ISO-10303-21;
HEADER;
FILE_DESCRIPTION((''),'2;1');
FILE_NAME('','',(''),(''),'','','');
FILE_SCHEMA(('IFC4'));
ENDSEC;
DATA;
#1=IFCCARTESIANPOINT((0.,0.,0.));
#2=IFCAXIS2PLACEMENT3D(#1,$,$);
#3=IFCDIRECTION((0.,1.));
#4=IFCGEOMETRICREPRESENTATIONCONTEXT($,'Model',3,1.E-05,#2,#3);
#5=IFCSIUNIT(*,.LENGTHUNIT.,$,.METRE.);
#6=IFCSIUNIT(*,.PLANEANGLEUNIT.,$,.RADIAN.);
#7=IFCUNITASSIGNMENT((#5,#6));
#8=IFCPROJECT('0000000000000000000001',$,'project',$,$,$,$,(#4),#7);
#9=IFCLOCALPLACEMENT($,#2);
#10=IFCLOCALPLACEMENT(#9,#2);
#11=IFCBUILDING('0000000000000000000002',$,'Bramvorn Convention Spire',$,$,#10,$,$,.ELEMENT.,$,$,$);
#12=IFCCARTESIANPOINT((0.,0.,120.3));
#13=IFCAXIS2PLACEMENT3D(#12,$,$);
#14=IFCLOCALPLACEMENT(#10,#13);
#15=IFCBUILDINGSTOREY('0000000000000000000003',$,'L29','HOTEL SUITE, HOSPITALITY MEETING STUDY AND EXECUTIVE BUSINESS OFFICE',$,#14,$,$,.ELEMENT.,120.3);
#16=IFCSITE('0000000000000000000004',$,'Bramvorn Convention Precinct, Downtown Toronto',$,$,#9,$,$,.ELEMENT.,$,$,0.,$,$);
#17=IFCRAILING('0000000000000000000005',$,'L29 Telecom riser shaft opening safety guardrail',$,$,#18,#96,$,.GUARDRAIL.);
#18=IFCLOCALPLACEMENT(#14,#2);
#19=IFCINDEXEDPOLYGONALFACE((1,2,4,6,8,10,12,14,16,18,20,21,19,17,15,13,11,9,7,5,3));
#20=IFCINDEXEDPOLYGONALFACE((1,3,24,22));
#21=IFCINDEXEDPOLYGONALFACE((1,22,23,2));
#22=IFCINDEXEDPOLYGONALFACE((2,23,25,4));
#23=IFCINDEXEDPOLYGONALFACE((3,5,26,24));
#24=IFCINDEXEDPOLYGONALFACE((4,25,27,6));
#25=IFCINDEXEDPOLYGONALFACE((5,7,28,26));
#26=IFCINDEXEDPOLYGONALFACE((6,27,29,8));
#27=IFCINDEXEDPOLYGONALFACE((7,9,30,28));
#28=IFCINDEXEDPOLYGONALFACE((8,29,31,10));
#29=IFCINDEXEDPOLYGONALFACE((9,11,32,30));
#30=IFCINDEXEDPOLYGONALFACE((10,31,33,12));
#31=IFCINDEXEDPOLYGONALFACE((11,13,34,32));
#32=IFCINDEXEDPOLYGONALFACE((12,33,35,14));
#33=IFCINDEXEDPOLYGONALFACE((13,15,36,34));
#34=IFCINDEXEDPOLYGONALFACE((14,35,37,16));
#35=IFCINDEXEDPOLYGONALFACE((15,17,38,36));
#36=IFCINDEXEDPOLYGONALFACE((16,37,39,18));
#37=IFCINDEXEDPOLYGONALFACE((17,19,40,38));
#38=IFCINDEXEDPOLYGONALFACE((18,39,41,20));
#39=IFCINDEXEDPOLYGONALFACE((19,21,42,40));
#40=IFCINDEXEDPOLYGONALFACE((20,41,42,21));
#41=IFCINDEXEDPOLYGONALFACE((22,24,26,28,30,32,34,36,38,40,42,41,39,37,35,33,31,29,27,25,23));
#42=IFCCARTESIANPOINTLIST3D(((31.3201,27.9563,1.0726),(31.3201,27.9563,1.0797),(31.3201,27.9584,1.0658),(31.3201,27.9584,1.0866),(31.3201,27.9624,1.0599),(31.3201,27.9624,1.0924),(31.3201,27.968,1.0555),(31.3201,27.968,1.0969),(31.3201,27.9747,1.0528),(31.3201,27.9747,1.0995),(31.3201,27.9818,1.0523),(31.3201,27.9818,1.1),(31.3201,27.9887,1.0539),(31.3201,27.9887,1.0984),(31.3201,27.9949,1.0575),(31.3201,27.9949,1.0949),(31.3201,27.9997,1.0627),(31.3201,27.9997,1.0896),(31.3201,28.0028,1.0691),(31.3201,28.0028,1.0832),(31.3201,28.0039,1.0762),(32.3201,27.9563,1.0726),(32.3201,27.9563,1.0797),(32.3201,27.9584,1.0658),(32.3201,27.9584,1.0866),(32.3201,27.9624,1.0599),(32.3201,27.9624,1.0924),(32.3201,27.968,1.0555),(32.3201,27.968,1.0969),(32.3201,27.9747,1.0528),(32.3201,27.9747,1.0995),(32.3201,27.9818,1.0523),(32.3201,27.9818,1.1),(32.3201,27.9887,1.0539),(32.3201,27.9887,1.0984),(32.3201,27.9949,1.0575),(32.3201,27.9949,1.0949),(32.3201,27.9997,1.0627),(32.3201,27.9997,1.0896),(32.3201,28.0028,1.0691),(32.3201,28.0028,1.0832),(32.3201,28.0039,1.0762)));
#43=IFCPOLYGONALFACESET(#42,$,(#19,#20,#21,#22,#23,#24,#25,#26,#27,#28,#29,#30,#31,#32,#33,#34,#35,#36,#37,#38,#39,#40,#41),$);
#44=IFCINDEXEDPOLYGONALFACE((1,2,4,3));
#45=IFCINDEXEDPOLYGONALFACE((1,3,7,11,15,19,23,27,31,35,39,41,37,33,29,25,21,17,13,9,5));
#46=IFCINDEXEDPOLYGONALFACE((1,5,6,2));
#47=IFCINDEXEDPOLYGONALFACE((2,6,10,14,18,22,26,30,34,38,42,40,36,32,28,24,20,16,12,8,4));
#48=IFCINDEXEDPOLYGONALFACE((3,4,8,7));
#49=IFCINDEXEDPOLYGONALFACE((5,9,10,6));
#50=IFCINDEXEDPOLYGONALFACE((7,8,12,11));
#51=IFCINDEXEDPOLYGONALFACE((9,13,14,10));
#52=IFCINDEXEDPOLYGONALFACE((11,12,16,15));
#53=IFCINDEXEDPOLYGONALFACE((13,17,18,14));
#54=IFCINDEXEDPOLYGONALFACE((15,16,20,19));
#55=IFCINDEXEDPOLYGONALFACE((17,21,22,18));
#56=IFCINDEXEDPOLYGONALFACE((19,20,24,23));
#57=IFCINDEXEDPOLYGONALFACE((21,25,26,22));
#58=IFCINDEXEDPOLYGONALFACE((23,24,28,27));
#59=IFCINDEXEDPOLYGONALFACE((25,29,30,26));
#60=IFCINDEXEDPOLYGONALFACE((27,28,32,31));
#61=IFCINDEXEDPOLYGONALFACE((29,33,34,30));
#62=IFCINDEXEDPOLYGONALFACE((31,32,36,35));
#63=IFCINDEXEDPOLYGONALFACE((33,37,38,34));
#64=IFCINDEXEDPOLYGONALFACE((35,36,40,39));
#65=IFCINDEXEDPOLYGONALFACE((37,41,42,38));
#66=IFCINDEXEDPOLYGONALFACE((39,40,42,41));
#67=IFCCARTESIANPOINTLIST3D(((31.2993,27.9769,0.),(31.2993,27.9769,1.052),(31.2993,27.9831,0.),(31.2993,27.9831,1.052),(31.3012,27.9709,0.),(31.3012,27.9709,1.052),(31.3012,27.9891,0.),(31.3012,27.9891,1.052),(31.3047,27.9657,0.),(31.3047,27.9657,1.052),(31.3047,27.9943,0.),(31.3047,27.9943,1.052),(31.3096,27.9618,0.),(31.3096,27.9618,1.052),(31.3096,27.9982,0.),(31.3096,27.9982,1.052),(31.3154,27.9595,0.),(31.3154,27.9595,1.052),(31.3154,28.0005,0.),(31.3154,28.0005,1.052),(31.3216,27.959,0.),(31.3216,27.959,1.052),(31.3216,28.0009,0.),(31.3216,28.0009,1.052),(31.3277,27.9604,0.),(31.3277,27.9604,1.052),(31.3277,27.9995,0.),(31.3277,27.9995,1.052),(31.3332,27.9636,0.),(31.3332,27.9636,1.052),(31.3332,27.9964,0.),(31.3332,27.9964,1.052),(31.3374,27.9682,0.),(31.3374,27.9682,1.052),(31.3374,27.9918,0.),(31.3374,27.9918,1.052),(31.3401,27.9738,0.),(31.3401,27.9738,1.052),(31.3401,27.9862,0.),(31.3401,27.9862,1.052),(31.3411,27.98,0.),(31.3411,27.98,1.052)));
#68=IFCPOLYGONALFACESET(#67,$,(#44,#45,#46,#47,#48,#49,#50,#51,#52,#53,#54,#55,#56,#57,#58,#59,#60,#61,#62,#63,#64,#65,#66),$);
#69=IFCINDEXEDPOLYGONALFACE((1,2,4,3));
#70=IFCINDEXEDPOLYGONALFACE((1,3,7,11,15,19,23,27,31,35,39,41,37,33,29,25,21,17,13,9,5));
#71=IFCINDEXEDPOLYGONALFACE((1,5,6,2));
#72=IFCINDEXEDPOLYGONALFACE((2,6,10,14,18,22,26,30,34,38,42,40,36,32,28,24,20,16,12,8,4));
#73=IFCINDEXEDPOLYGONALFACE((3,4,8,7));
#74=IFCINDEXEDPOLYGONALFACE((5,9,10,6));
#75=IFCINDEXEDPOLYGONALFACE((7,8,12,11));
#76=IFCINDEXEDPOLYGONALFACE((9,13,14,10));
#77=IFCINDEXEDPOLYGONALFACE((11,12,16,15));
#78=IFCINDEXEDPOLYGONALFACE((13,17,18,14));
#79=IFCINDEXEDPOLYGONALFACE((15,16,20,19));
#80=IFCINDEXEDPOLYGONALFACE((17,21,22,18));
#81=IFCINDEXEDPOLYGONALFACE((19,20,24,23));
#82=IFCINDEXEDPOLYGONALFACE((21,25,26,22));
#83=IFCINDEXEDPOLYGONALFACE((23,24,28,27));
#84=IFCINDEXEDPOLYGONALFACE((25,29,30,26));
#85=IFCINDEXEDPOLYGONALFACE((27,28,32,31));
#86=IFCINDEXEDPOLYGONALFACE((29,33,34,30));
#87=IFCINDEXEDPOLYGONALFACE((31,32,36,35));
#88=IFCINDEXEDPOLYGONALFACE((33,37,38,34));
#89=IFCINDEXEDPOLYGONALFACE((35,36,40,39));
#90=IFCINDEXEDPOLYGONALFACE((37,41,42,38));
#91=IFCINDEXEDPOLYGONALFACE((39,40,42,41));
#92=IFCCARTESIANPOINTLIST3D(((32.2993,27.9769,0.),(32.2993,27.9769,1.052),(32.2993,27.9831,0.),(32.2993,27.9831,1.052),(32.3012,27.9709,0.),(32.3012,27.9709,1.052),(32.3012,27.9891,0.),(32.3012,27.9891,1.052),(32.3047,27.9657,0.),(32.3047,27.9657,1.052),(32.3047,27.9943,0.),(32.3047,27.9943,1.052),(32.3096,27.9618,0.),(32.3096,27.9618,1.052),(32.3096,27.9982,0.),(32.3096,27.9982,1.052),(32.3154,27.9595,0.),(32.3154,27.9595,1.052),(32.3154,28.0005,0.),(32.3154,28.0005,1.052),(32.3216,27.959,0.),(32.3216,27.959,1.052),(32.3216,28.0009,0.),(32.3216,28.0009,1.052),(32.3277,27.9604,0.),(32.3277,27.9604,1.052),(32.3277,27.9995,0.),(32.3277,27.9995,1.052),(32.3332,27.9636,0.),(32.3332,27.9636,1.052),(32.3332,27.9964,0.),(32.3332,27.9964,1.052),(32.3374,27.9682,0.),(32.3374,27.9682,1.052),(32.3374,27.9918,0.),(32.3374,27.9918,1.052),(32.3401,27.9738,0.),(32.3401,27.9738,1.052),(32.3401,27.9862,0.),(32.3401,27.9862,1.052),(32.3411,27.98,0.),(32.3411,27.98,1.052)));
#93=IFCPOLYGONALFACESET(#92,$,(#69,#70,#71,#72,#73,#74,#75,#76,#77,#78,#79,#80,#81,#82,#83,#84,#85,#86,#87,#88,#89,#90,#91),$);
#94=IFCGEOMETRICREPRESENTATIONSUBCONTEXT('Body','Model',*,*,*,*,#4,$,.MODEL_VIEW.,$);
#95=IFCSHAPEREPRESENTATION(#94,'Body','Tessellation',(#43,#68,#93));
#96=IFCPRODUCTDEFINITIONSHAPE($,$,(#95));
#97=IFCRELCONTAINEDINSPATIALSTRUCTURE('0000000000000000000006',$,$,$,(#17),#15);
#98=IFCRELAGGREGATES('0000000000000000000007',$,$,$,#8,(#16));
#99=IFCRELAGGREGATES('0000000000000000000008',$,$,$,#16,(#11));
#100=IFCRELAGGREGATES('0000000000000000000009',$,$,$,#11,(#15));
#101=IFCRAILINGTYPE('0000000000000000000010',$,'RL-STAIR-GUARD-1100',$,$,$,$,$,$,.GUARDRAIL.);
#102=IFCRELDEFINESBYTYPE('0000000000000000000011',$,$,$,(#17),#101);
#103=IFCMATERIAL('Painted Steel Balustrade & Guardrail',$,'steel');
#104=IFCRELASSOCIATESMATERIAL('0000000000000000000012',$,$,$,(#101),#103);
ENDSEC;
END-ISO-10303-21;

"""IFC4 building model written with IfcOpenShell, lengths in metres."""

from ifc_helpers import new_model, si_unit, direction, frame, origin, origin_2d, place, context, subcontext, project, spatial, circle, extrude, material, type_object, element, save


model = new_model("IFC4")

# Units and contexts
model_context = context("Model", 3, precision=1e-05, world=origin(), true_north=direction((0.0, 1.0)))
body_context = subcontext(model_context, "Body", "Model", "MODEL_VIEW")
ifc_project = project(units=[si_unit("LENGTHUNIT", "METRE"), si_unit("PLANEANGLEUNIT", "RADIAN")], contexts=[model_context])

# Site, building, storey
site_placement = place(None, origin())
site = spatial("IfcSite", under=ifc_project, at=site_placement, Name="Bramvorn Convention Precinct, Downtown Toronto", CompositionType="ELEMENT", RefElevation=0.0)
building_placement = place(site_placement, origin())
building = spatial("IfcBuilding", under=site, at=building_placement, Name="Bramvorn Convention Spire", CompositionType="ELEMENT")
storey_placement = place(building_placement, frame((0.0, 0.0, 120.3)))
storey = spatial("IfcBuildingStorey", under=building, at=storey_placement, Name="L29", Description="HOTEL SUITE, HOSPITALITY MEETING STUDY AND EXECUTIVE BUSINESS OFFICE", CompositionType="ELEMENT", Elevation=120.3)

# Railing
ifc_material_1 = material(Name="Painted Steel Balustrade & Guardrail", Category="steel")
railing_type = type_object("IfcRailingType", Name="RL-STAIR-GUARD-1100", PredefinedType="GUARDRAIL", material=ifc_material_1)
railing_1_placement = place(storey_placement, frame((31.3201, 27.98, 0.0)))
element("IfcRailing", 1, at=railing_1_placement, inside=storey, type_object=railing_type, Name="L29 Telecom riser shaft opening safety guardrail", PredefinedType="GUARDRAIL", context=body_context, shape_type="SweptSolid", body=[
    extrude(circle(Radius=0.0239, at=origin_2d()), frame((0.0, 0.0, 1.0762), z_axis=(1.0, 0.0, 0.0), x_axis=(0.0, 1.0, 0.0)), (0.0, 0.0, 1.0), 1.0),
    extrude(circle(Radius=0.021, at=origin_2d()), origin(), (0.0, 0.0, 1.0), 1.052),
    extrude(circle(Radius=0.021, at=origin_2d()), frame((1.0, 0.0, 0.0)), (0.0, 0.0, 1.0), 1.052),
])

save(model, "model.ifc")
